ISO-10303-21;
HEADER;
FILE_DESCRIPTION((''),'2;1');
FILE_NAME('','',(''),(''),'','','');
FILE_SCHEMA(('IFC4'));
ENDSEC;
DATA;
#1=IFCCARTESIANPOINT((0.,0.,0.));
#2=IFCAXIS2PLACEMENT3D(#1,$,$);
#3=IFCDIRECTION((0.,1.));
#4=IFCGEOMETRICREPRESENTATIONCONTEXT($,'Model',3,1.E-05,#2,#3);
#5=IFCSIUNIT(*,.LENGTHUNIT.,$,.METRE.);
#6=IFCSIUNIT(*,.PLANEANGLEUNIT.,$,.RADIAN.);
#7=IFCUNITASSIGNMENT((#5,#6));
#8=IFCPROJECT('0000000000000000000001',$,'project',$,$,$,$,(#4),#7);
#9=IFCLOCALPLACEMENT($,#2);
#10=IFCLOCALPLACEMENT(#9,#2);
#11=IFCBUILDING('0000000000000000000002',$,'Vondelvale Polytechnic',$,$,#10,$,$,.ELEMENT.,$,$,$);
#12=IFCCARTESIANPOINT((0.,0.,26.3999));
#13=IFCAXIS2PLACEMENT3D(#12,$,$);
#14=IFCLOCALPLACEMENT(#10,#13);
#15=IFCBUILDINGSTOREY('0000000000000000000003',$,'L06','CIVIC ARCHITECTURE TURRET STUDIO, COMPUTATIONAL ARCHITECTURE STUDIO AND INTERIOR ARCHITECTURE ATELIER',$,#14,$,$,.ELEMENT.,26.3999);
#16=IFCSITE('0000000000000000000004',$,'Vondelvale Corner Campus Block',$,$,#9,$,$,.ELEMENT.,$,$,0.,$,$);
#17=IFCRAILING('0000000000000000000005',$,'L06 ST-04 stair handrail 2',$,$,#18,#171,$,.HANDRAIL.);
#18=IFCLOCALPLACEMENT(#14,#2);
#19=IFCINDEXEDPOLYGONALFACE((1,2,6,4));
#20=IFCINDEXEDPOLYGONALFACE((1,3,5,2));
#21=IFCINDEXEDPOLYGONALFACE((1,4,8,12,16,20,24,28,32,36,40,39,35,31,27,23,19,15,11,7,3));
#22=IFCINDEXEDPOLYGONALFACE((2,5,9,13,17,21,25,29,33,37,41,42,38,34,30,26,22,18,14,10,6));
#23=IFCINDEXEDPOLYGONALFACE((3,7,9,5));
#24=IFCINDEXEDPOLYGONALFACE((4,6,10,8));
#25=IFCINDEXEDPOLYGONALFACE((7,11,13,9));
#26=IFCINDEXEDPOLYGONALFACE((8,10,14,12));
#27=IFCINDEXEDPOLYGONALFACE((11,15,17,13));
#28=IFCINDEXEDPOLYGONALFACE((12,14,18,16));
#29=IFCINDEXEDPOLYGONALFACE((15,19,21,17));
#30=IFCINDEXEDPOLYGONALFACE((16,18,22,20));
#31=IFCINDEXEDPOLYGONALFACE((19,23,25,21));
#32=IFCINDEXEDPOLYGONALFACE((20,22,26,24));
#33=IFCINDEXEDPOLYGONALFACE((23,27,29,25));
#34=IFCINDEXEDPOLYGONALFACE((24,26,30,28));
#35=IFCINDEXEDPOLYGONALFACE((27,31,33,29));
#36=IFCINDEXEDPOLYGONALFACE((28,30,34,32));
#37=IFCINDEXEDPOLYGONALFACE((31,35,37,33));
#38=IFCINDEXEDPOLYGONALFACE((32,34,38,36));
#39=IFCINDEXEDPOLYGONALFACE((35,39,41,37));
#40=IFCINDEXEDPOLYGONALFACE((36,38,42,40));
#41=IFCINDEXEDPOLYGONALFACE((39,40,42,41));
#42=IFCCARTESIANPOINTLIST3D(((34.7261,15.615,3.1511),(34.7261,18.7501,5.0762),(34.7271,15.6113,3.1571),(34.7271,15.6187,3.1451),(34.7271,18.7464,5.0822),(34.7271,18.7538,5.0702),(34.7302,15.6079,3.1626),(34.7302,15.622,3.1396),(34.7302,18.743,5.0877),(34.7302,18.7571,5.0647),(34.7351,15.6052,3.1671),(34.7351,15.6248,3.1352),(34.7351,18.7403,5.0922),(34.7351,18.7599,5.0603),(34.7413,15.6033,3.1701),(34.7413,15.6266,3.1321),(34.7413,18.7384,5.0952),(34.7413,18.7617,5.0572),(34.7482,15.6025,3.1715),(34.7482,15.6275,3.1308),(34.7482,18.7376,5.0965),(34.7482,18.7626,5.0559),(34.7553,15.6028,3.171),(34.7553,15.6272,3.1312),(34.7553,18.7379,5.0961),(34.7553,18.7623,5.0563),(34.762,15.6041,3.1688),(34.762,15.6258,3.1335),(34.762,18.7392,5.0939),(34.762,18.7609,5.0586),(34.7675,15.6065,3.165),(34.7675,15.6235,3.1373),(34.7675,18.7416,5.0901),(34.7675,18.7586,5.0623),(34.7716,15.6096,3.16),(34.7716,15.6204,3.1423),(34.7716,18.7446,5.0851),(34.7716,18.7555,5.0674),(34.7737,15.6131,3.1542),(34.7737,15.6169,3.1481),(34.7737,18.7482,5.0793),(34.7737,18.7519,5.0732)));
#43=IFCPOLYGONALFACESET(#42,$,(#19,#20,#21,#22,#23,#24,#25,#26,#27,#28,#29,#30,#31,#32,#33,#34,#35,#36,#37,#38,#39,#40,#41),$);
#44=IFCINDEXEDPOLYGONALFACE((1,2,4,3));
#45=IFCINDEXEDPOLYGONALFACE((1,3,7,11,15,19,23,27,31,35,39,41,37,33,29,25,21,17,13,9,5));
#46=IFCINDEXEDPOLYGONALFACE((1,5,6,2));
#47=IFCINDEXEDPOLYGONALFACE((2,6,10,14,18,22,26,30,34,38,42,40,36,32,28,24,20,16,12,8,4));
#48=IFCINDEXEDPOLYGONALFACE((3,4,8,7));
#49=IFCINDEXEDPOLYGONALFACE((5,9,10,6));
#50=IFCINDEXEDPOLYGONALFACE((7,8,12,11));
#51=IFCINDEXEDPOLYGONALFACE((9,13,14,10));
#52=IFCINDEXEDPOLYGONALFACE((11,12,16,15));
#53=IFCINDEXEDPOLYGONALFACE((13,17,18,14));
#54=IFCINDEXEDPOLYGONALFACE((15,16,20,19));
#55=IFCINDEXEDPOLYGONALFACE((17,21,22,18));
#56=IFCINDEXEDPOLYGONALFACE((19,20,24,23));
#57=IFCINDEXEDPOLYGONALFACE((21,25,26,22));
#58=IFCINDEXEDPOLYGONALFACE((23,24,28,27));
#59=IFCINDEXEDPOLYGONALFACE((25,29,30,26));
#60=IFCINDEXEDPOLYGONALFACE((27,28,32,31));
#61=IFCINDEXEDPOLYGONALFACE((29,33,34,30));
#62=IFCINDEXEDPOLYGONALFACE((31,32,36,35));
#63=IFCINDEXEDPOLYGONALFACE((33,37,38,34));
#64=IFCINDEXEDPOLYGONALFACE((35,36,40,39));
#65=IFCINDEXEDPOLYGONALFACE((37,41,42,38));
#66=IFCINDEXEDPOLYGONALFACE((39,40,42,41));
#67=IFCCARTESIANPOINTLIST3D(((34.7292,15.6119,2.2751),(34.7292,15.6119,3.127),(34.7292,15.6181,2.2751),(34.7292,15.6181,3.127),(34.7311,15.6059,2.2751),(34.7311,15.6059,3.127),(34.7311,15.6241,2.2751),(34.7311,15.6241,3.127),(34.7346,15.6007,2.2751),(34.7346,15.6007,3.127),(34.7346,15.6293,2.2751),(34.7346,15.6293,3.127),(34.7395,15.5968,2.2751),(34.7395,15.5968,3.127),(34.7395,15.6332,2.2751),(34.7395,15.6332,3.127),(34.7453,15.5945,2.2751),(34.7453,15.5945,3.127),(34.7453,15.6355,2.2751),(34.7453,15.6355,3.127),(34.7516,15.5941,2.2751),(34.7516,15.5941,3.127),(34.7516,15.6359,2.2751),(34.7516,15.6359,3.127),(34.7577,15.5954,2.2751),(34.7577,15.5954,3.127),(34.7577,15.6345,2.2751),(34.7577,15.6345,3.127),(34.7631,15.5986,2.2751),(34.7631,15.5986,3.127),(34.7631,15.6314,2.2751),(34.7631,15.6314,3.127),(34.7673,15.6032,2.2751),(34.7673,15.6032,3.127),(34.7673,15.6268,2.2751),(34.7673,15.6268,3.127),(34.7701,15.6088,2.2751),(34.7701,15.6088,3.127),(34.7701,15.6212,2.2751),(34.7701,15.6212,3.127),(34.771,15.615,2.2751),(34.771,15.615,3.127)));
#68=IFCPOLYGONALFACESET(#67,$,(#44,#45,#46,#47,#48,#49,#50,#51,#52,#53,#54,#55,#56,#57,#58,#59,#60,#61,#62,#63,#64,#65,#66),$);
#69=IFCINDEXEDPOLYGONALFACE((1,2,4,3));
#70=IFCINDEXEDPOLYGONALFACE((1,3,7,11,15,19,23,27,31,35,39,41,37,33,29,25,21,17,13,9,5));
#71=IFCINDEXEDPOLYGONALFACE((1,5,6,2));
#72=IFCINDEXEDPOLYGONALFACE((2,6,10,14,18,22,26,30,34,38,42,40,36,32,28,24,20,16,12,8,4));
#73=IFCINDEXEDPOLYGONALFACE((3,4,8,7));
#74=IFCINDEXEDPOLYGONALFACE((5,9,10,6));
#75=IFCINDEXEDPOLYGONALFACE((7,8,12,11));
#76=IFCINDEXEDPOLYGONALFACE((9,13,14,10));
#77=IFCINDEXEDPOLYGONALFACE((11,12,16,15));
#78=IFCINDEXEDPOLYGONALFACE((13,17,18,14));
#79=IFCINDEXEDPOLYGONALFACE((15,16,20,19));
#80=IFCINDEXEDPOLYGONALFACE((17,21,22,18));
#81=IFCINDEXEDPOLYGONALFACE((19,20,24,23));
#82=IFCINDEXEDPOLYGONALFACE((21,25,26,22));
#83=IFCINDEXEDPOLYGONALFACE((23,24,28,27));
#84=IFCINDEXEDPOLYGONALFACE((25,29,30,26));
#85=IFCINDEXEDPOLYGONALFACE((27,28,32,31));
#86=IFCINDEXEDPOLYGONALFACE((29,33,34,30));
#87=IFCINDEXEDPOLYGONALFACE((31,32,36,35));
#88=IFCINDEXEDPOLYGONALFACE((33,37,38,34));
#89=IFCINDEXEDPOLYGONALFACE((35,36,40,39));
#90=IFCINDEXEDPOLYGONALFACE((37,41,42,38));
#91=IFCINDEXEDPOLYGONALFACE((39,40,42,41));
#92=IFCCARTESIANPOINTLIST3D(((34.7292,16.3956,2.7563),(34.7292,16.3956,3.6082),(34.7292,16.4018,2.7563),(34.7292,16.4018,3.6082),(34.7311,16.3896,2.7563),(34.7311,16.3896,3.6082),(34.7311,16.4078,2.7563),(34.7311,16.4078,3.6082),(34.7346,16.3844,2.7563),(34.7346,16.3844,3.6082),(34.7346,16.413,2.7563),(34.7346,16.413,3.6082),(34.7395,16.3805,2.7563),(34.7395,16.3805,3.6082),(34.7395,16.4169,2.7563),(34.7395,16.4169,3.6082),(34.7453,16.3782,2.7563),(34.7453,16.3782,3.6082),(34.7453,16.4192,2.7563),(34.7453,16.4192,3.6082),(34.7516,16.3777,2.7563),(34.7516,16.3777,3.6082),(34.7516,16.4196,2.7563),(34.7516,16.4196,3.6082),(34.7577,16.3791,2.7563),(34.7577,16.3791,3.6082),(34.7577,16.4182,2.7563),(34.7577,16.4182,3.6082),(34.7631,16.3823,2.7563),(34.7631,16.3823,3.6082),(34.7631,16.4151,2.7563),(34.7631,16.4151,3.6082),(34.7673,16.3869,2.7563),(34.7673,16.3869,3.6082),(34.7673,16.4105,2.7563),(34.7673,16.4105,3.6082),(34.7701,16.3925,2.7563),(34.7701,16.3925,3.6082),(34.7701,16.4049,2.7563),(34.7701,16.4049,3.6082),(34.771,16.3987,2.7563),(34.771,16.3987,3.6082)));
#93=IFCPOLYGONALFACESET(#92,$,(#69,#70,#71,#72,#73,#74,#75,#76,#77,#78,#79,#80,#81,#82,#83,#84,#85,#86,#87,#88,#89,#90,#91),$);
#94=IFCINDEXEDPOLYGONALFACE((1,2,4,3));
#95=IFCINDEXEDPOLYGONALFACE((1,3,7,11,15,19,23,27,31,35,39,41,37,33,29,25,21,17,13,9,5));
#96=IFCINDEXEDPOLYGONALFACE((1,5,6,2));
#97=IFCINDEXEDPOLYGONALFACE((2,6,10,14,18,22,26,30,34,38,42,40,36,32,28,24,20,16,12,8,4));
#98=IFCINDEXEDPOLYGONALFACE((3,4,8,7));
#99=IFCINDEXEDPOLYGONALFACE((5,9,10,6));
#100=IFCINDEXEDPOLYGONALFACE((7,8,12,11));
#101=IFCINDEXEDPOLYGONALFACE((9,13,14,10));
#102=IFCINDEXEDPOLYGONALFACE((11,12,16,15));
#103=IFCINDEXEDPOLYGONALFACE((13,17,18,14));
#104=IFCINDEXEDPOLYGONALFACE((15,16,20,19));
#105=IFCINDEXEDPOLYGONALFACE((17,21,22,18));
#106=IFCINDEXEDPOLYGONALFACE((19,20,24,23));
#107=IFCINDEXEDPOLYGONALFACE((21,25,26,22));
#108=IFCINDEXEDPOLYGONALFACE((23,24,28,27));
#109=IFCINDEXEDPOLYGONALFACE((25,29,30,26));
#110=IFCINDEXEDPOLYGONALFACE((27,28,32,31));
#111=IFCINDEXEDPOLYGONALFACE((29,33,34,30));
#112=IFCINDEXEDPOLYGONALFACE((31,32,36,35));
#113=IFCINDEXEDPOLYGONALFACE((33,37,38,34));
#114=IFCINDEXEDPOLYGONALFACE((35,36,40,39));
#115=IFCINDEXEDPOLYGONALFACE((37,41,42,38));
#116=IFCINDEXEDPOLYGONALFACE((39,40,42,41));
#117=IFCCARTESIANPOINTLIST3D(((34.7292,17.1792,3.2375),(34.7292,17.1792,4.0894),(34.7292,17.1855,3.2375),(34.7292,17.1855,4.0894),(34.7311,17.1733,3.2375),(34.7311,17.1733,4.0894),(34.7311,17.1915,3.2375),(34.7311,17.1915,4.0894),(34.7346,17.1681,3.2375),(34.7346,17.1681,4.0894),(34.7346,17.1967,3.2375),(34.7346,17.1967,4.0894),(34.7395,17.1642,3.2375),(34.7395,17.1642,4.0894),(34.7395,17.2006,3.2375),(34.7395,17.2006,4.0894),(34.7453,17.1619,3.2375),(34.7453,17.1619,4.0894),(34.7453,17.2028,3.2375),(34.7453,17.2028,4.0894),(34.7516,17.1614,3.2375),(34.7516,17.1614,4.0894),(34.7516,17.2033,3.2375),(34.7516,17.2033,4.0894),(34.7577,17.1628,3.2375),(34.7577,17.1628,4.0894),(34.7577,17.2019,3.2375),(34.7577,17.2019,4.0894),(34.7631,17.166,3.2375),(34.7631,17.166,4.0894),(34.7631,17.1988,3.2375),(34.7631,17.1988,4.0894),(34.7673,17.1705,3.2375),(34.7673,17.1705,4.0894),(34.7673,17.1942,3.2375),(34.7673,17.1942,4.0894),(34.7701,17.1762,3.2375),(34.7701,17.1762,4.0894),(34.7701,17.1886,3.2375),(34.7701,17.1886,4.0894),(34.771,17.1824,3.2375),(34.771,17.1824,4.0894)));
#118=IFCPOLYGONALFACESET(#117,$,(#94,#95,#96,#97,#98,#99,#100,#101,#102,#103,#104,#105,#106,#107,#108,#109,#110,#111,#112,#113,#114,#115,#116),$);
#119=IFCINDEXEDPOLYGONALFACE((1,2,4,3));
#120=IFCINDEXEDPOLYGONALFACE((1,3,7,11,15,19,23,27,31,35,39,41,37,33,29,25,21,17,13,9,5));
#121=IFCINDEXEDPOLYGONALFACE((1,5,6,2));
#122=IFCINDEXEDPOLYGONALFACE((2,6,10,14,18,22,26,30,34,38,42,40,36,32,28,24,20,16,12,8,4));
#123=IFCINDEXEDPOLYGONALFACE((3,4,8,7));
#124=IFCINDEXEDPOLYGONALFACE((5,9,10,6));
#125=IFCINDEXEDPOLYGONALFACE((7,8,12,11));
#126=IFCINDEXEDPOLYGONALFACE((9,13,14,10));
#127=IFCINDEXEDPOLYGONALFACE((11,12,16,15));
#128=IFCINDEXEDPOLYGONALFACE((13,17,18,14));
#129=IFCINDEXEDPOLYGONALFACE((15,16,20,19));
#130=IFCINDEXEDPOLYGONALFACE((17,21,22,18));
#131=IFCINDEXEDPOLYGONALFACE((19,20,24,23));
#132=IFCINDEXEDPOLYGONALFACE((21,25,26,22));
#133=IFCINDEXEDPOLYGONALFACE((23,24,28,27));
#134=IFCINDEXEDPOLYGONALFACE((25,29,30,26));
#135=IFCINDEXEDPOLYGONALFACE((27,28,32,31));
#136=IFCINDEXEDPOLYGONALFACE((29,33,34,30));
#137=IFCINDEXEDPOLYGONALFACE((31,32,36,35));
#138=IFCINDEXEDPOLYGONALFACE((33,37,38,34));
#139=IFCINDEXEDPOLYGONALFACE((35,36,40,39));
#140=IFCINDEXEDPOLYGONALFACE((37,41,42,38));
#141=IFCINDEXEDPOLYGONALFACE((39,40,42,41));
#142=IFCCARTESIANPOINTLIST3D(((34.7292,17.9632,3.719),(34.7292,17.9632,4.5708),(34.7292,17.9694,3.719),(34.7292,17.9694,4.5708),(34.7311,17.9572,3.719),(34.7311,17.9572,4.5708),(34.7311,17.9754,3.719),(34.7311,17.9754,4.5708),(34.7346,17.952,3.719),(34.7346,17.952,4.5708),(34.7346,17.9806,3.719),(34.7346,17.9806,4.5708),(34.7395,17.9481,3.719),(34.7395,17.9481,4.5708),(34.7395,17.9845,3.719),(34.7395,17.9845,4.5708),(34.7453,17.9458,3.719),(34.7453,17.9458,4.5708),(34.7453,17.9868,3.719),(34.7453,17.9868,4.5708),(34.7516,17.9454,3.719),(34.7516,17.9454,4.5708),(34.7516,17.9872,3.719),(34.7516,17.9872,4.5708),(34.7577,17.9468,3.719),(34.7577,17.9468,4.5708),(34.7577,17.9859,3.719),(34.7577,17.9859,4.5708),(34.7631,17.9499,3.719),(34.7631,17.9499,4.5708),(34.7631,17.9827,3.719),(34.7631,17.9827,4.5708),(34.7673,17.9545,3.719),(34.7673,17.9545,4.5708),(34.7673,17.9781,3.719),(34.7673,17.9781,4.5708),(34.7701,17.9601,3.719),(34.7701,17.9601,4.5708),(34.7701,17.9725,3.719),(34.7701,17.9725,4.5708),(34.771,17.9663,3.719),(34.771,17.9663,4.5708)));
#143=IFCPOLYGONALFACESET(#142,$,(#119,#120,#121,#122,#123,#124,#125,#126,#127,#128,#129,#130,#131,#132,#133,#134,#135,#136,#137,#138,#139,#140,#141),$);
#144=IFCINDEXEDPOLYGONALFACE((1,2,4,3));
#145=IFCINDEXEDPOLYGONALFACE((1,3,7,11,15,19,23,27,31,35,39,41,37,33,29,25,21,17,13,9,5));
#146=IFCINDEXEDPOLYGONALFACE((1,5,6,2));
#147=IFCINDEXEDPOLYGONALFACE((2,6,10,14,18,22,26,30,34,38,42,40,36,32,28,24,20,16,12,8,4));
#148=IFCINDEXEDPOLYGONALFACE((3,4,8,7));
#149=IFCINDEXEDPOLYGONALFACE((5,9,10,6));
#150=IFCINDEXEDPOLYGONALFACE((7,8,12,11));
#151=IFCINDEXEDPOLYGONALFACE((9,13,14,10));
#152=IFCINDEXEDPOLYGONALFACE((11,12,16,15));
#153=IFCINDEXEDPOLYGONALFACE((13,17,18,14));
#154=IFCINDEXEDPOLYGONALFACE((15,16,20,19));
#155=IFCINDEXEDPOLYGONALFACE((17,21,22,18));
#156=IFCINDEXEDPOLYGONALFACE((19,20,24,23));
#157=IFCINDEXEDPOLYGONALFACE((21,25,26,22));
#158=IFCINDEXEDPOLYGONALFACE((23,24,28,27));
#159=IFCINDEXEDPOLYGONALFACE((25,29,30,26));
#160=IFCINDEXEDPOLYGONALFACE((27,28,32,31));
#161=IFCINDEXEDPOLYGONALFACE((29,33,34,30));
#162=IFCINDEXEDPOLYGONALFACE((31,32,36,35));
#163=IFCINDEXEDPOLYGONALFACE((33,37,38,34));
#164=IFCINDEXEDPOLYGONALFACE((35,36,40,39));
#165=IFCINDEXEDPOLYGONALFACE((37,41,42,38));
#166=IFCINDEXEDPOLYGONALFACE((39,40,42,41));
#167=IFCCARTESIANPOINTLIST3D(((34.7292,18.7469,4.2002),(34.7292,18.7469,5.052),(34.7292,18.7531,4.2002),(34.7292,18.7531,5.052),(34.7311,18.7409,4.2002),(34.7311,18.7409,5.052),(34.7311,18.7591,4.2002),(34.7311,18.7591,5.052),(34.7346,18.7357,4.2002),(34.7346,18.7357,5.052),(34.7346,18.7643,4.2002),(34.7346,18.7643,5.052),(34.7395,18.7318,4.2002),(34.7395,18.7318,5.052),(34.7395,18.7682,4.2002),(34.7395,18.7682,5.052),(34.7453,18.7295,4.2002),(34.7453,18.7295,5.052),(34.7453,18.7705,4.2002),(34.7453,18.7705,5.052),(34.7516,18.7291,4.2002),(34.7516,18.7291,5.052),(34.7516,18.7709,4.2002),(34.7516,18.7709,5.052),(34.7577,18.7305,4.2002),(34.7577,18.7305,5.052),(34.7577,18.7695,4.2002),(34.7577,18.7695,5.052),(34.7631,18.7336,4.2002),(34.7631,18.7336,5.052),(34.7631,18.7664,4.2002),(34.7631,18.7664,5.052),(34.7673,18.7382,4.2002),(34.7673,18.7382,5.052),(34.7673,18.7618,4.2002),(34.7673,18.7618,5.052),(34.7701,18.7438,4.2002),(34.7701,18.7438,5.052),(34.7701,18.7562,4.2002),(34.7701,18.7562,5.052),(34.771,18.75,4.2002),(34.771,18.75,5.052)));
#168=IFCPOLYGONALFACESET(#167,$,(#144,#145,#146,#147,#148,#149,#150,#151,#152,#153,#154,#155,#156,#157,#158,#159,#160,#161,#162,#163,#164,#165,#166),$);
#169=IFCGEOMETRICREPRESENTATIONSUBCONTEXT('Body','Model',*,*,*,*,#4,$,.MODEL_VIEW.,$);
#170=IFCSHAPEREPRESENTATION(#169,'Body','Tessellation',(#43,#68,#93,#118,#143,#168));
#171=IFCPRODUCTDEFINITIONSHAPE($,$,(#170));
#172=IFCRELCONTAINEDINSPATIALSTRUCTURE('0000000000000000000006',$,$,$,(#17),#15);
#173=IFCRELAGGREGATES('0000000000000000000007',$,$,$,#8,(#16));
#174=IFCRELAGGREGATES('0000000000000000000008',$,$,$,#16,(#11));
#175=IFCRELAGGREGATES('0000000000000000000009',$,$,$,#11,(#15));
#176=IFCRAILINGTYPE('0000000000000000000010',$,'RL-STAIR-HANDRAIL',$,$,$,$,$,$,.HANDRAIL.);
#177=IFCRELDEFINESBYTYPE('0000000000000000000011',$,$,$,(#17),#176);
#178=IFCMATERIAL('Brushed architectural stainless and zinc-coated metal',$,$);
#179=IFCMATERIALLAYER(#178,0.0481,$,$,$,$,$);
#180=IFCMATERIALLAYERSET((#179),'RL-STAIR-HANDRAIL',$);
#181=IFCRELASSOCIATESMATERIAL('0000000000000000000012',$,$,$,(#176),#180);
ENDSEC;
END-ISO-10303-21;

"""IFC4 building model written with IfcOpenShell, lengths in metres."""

from ifc_helpers import new_model, si_unit, direction, frame, origin, origin_2d, place, context, subcontext, project, spatial, circle, extrude, material, layer, layer_set, type_object, element, save


model = new_model("IFC4")

# Units and contexts
model_context = context("Model", 3, precision=1e-05, world=origin(), true_north=direction((0.0, 1.0)))
body_context = subcontext(model_context, "Body", "Model", "MODEL_VIEW")
ifc_project = project(units=[si_unit("LENGTHUNIT", "METRE"), si_unit("PLANEANGLEUNIT", "RADIAN")], contexts=[model_context])

# Site, building, storey
site_placement = place(None, origin())
site = spatial("IfcSite", under=ifc_project, at=site_placement, Name="Vondelvale Corner Campus Block", CompositionType="ELEMENT", RefElevation=0.0)
building_placement = place(site_placement, origin())
building = spatial("IfcBuilding", under=site, at=building_placement, Name="Vondelvale Polytechnic", CompositionType="ELEMENT")
storey_placement = place(building_placement, frame((0.0, 0.0, 26.3999)))
storey = spatial("IfcBuildingStorey", under=building, at=storey_placement, Name="L06", Description="CIVIC ARCHITECTURE TURRET STUDIO, COMPUTATIONAL ARCHITECTURE STUDIO AND INTERIOR ARCHITECTURE ATELIER", CompositionType="ELEMENT", Elevation=26.3999)

# Shared definitions
ifc_material_1 = material(Name="Brushed architectural stainless and zinc-coated metal")

# Railing
ifc_layer_1 = layer(ifc_material_1, 0.0481)
ifc_layer_set_1 = layer_set([ifc_layer_1], Name="RL-STAIR-HANDRAIL")
railing_type_1 = type_object("IfcRailingType", Name="RL-STAIR-HANDRAIL", PredefinedType="HANDRAIL", material=ifc_layer_set_1)
railing_1_placement = place(storey_placement, frame((34.75, 15.615, 2.2751)))
element("IfcRailing", 1, at=railing_1_placement, inside=storey, type_object=railing_type_1, Name="L06 ST-04 stair handrail 2", PredefinedType="HANDRAIL", context=body_context, shape_type="SweptSolid", body=[
    extrude(circle(Radius=0.0239, at=origin_2d()), frame((0.0, 0.0, 0.876), z_axis=(0.0, 0.852166, 0.523271), x_axis=(-1.0, 0.0, 0.0)), (0.0, 0.0, 1.0), 3.679),
    extrude(circle(Radius=0.021, at=origin_2d()), origin(), (0.0, 0.0, 1.0), 0.8518),
    extrude(circle(Radius=0.021, at=origin_2d()), frame((0.0, 0.7837, 0.4812)), (0.0, 0.0, 1.0), 0.8518),
    extrude(circle(Radius=0.021, at=origin_2d()), frame((0.0, 1.5674, 0.9624)), (0.0, 0.0, 1.0), 0.8518),
    extrude(circle(Radius=0.021, at=origin_2d()), frame((0.0, 2.3513, 1.4438)), (0.0, 0.0, 1.0), 0.8518),
    extrude(circle(Radius=0.021, at=origin_2d()), frame((0.0, 3.135, 1.925)), (0.0, 0.0, 1.0), 0.8518),
])

save(model, "model.ifc")
